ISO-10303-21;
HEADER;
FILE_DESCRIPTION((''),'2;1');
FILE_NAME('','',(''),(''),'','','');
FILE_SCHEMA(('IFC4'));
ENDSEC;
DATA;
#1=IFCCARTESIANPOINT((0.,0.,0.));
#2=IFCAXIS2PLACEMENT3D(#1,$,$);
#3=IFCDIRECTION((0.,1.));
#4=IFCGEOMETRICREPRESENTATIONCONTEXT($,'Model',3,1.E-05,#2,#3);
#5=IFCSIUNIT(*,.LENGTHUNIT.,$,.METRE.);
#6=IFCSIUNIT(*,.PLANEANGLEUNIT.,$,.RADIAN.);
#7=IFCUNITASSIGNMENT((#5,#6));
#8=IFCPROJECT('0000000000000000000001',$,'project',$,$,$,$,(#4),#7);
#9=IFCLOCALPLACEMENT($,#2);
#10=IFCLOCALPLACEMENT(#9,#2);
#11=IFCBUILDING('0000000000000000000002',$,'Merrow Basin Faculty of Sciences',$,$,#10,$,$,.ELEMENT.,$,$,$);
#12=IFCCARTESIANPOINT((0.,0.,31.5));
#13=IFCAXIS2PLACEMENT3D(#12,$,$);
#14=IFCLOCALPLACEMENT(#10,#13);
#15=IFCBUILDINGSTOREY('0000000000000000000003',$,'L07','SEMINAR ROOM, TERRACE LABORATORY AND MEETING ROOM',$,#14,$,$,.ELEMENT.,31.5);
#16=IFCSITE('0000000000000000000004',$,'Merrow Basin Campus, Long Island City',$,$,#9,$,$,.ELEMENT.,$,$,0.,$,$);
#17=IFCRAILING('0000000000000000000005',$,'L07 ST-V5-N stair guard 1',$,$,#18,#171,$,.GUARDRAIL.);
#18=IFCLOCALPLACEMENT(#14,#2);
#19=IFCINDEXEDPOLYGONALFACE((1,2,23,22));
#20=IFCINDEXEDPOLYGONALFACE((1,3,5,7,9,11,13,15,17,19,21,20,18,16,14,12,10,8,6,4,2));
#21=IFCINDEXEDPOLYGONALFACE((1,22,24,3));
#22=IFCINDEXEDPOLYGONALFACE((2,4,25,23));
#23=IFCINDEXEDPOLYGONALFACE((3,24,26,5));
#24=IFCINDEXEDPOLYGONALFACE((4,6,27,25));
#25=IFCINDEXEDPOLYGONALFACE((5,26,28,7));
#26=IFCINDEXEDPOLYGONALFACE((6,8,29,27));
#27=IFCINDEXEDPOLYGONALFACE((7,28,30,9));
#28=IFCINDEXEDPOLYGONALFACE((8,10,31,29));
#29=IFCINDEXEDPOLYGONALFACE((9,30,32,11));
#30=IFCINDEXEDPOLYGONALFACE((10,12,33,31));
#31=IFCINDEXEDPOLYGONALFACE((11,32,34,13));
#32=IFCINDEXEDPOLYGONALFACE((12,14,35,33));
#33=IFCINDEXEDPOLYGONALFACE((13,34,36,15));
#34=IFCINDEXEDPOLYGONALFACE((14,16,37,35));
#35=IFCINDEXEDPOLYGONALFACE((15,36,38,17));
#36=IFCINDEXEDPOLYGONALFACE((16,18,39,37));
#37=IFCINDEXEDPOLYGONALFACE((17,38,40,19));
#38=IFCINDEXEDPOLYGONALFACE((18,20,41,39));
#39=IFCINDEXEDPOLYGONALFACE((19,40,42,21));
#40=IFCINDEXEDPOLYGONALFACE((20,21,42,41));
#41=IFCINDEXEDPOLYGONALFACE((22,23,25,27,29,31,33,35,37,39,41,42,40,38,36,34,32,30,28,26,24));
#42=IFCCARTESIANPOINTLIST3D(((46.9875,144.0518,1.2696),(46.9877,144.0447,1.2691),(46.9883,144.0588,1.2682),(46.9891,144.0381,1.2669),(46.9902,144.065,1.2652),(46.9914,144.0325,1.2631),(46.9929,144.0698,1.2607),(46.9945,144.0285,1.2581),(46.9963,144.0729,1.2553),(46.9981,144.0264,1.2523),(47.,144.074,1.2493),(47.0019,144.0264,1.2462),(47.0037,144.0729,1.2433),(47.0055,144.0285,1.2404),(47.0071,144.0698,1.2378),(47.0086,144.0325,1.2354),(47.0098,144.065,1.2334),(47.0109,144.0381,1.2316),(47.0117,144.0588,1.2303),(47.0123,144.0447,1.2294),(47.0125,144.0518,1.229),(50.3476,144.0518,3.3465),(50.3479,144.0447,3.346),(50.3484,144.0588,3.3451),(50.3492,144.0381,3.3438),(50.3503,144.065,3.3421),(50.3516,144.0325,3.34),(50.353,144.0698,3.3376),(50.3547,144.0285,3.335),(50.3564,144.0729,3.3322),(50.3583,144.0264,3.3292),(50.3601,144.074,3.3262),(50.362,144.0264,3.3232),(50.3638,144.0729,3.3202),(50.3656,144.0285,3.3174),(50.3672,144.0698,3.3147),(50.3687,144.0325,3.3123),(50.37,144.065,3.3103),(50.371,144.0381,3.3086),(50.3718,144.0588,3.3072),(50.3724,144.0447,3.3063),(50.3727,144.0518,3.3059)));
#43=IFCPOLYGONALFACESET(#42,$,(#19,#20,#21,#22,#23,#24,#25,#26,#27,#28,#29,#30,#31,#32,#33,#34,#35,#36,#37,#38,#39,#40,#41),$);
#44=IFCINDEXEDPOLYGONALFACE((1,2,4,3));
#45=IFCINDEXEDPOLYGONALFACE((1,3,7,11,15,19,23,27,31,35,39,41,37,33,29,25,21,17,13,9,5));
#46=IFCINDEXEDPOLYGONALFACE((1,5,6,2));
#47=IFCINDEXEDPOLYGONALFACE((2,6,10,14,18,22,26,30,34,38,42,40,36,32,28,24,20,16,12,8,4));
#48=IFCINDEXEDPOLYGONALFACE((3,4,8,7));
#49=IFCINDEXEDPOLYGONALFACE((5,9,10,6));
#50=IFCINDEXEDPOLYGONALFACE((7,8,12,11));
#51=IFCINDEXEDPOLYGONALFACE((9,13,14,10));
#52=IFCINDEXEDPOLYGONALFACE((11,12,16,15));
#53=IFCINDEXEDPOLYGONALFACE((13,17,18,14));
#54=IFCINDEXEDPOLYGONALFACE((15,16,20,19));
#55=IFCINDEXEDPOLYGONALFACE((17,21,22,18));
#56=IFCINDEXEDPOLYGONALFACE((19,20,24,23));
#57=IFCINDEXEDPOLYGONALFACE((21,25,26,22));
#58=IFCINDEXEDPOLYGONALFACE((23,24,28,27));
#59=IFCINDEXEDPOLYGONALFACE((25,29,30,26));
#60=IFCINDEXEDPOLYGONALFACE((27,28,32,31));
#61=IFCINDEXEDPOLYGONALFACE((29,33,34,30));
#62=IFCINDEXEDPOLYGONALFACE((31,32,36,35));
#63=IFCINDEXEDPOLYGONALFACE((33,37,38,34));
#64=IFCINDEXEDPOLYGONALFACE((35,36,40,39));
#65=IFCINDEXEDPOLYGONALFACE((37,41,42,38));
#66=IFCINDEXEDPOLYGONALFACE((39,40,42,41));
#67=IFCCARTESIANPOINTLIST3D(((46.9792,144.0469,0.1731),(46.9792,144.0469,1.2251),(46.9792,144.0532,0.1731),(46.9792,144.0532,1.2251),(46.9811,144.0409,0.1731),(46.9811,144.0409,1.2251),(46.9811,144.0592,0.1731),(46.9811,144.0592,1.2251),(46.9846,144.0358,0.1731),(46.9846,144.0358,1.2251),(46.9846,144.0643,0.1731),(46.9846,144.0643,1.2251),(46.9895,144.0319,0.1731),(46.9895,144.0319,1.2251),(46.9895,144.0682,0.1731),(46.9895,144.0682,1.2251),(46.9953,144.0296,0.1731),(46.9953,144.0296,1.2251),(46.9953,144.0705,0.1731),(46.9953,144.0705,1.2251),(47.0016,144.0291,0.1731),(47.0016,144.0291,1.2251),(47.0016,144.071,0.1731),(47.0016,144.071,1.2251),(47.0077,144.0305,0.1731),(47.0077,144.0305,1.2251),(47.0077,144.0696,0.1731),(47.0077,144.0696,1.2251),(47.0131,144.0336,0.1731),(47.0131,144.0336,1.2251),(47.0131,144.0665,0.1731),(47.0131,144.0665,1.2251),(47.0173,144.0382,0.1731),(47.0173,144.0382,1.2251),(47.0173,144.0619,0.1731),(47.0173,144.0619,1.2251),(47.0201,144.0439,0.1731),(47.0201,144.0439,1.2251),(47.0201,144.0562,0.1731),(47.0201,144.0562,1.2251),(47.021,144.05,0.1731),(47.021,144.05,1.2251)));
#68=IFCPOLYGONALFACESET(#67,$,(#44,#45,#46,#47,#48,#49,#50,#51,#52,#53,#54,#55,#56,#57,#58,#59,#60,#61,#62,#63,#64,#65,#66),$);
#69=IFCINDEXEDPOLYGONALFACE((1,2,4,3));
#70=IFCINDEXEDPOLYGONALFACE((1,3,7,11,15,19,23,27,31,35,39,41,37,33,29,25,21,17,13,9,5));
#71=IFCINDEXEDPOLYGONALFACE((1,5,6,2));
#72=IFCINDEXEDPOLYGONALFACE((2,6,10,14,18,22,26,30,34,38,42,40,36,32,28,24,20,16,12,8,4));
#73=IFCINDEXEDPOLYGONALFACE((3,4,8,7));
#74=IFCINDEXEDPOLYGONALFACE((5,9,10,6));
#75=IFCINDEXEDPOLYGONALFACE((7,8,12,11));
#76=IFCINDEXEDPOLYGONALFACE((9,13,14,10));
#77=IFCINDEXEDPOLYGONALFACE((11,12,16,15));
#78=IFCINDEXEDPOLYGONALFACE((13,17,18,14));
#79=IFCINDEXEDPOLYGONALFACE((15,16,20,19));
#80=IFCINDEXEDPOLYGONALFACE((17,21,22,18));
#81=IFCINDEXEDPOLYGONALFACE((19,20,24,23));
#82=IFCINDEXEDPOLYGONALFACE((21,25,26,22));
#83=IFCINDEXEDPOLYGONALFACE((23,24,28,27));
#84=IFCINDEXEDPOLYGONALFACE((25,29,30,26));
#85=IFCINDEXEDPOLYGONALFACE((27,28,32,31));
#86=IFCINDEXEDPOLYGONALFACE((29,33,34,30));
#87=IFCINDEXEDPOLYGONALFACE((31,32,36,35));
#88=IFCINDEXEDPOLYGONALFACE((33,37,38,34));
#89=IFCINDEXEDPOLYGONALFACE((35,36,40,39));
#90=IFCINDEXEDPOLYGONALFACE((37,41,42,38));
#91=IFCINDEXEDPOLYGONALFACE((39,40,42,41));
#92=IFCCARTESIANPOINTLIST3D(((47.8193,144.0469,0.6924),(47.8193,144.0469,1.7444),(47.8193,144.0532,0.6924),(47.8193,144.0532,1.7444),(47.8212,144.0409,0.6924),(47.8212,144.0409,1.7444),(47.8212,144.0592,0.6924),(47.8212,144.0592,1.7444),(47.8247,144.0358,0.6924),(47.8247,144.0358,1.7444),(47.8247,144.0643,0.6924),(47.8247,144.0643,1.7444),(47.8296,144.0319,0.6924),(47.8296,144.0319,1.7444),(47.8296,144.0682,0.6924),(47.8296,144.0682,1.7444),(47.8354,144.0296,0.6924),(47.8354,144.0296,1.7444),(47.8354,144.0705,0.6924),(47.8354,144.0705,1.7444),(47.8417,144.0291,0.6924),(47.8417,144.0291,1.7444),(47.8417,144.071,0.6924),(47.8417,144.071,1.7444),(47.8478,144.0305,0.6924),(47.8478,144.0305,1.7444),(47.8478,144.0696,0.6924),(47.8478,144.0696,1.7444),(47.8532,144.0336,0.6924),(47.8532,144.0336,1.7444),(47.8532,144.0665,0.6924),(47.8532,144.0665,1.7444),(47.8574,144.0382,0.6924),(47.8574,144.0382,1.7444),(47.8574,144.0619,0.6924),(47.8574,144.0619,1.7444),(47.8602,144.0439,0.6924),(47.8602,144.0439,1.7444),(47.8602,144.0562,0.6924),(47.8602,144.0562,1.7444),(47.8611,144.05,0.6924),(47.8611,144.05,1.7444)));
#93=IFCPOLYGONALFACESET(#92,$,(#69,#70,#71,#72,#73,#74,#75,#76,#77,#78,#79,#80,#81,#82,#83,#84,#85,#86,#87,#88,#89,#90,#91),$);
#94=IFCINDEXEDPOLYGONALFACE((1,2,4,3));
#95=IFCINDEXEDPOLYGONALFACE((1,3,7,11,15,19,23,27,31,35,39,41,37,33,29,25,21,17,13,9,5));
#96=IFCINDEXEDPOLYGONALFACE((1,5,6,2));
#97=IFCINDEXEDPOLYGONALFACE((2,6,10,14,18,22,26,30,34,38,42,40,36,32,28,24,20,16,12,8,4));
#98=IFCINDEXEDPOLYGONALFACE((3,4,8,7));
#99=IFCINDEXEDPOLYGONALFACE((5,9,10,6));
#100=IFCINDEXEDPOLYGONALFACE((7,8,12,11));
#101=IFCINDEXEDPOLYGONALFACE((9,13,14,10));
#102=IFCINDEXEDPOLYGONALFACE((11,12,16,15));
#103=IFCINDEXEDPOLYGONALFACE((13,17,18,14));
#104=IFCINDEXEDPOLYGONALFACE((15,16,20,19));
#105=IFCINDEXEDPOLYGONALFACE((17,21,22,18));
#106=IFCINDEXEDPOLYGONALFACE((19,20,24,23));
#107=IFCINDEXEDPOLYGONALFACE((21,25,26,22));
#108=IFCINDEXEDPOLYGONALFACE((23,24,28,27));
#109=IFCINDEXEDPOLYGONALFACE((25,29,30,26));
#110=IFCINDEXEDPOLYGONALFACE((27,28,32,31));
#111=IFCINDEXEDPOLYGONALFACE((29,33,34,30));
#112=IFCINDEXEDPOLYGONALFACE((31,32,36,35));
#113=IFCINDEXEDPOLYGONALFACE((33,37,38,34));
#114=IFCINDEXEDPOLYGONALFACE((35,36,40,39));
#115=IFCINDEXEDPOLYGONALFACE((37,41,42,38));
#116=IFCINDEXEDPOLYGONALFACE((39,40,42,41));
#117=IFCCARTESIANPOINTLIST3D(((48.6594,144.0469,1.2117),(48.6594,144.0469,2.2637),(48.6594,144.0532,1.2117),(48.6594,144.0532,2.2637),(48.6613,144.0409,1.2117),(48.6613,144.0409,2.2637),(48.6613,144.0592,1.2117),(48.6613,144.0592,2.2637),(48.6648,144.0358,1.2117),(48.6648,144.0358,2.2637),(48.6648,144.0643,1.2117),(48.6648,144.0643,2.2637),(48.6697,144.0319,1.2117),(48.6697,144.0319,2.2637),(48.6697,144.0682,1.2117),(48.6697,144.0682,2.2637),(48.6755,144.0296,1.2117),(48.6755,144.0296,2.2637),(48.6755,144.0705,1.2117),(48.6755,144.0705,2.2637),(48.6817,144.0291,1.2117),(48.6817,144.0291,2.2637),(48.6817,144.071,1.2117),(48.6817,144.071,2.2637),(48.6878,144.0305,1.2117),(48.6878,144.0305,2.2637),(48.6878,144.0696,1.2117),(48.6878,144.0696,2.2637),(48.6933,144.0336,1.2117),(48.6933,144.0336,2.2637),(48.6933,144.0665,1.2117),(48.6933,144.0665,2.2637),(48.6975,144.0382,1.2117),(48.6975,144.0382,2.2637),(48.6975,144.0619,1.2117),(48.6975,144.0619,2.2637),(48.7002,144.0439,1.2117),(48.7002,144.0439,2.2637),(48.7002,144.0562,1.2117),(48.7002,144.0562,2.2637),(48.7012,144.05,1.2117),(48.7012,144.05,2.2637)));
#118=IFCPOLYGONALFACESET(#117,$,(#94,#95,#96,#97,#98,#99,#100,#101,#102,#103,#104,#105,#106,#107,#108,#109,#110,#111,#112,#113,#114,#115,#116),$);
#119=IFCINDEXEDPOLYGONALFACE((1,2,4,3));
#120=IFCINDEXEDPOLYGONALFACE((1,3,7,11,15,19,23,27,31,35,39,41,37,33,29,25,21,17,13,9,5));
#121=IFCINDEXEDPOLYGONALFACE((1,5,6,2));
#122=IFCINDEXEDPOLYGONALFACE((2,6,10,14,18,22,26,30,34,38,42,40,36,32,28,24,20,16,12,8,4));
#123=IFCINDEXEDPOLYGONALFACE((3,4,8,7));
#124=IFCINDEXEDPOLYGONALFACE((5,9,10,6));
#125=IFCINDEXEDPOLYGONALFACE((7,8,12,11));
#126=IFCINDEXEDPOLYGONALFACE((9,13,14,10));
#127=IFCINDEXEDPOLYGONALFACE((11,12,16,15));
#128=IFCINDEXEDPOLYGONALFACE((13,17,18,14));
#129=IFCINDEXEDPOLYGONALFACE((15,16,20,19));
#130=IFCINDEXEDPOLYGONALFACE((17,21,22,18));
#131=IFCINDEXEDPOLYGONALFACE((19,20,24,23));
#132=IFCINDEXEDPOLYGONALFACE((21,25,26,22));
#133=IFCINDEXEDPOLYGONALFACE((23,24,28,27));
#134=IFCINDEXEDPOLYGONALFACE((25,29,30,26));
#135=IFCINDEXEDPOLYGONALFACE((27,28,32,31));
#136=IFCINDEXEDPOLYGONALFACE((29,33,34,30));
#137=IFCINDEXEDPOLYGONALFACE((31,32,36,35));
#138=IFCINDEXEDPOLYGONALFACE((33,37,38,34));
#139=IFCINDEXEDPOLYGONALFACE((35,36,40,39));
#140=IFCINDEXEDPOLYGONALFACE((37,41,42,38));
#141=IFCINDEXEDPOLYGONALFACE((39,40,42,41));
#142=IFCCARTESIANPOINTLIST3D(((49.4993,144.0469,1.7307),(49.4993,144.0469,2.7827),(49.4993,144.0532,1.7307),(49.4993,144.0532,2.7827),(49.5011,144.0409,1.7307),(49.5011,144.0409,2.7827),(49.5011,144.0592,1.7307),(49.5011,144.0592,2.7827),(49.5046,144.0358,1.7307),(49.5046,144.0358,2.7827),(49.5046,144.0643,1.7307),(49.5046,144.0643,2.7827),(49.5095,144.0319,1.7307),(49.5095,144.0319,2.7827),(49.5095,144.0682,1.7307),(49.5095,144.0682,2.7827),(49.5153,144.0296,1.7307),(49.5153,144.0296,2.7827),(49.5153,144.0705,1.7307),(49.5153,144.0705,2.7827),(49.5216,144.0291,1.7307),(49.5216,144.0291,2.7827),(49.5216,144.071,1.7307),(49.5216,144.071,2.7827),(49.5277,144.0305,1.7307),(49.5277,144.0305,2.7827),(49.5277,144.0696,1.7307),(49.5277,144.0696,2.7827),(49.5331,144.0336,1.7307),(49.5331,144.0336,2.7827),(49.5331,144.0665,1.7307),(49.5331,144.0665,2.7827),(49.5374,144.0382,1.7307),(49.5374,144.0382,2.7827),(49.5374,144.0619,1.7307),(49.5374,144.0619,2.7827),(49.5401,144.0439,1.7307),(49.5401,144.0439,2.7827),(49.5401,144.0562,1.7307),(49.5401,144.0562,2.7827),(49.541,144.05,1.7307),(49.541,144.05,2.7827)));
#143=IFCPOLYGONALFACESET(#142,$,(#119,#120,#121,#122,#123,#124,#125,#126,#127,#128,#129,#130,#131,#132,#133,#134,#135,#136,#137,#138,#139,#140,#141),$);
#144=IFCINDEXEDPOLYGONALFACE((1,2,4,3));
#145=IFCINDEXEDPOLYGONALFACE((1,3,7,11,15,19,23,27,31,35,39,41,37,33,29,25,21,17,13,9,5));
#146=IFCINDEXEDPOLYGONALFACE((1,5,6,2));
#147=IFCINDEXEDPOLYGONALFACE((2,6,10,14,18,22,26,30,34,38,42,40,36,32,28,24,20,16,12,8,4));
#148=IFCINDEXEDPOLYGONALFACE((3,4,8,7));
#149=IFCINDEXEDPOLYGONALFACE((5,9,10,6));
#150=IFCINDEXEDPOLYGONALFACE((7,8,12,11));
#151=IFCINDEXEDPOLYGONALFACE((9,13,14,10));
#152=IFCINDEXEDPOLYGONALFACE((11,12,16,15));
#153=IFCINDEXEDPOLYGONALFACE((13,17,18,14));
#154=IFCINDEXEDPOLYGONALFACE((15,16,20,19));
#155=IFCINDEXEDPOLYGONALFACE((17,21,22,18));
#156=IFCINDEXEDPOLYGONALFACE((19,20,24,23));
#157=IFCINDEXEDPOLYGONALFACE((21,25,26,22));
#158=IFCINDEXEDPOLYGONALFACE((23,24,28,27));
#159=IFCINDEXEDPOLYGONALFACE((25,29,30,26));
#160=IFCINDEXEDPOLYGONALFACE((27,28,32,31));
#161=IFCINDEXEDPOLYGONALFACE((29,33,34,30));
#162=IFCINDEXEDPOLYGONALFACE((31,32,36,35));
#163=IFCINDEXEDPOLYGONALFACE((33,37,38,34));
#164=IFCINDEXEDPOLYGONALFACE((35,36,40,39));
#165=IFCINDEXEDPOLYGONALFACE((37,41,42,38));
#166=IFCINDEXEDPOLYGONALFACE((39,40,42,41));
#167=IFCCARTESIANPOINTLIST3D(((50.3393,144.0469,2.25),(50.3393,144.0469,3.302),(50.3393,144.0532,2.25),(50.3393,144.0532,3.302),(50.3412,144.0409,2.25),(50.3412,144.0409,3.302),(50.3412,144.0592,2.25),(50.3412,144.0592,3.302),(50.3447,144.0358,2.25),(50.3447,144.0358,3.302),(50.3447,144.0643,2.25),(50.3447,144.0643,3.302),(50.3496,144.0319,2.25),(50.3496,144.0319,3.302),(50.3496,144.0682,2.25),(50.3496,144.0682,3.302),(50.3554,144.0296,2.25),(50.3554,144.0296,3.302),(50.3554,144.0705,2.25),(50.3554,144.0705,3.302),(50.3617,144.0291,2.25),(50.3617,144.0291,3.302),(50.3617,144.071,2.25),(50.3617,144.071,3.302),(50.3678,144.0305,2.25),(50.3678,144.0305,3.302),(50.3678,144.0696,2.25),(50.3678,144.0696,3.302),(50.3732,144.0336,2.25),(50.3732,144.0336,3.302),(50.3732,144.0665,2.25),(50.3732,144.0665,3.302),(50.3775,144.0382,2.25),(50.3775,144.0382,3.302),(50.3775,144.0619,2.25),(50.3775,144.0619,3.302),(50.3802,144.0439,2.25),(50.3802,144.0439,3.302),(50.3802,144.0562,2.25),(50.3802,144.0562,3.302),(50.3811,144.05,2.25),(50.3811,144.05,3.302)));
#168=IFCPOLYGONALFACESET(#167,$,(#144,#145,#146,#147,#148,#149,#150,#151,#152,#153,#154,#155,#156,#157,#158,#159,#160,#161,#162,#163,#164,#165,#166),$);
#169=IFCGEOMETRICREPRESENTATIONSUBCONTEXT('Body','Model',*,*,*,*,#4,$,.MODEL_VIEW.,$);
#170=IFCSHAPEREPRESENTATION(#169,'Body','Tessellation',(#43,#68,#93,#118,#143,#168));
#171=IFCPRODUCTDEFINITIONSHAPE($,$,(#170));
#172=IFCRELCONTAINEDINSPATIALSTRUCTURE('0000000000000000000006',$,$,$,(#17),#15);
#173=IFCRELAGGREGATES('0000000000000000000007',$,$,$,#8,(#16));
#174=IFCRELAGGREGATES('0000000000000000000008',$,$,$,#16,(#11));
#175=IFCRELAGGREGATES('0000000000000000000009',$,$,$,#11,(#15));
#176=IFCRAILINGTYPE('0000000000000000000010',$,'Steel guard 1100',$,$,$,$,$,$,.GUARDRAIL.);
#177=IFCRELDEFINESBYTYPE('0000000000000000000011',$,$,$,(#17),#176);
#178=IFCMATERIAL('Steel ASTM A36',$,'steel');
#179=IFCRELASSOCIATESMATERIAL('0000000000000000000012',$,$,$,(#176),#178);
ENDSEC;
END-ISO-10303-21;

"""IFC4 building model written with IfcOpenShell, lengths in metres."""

from ifc_helpers import new_model, si_unit, direction, frame, origin, origin_2d, place, context, subcontext, project, spatial, circle, extrude, material, type_object, element, save


model = new_model("IFC4")

# Units and contexts
model_context = context("Model", 3, precision=1e-05, world=origin(), true_north=direction((0.0, 1.0)))
body_context = subcontext(model_context, "Body", "Model", "MODEL_VIEW")
ifc_project = project(units=[si_unit("LENGTHUNIT", "METRE"), si_unit("PLANEANGLEUNIT", "RADIAN")], contexts=[model_context])

# Site, building, storey
site_placement = place(None, origin())
site = spatial("IfcSite", under=ifc_project, at=site_placement, Name="Merrow Basin Campus, Long Island City", CompositionType="ELEMENT", RefElevation=0.0)
building_placement = place(site_placement, origin())
building = spatial("IfcBuilding", under=site, at=building_placement, Name="Merrow Basin Faculty of Sciences", CompositionType="ELEMENT")
storey_placement = place(building_placement, frame((0.0, 0.0, 31.5)))
storey = spatial("IfcBuildingStorey", under=building, at=storey_placement, Name="L07", Description="SEMINAR ROOM, TERRACE LABORATORY AND MEETING ROOM", CompositionType="ELEMENT", Elevation=31.5)

# Railing
ifc_material_1 = material(Name="Steel ASTM A36", Category="steel")
railing_type_1 = type_object("IfcRailingType", Name="Steel guard 1100", PredefinedType="GUARDRAIL", material=ifc_material_1)
railing_1_placement = place(storey_placement, frame((47.0, 144.05, 0.1731)))
element("IfcRailing", 1, at=railing_1_placement, inside=storey, type_object=railing_type_1, Name="L07 ST-V5-N stair guard 1", PredefinedType="GUARDRAIL", context=body_context, shape_type="SweptSolid", body=[
    extrude(circle(Radius=0.0239, at=origin_2d()), frame((0.0, 0.0, 1.0762), z_axis=(0.850623, 0.0, 0.525776), x_axis=(0.0, 1.0, 0.0)), (0.0, 0.0, 1.0), 3.9502),
    extrude(circle(Radius=0.021, at=origin_2d()), origin(), (0.0, 0.0, 1.0), 1.052),
    extrude(circle(Radius=0.021, at=origin_2d()), frame((0.8401, 0.0, 0.5193)), (0.0, 0.0, 1.0), 1.052),
    extrude(circle(Radius=0.021, at=origin_2d()), frame((1.6802, 0.0, 1.0386)), (0.0, 0.0, 1.0), 1.052),
    extrude(circle(Radius=0.021, at=origin_2d()), frame((2.52, 0.0, 1.5576)), (0.0, 0.0, 1.0), 1.052),
    extrude(circle(Radius=0.021, at=origin_2d()), frame((3.3601, 0.0, 2.0769)), (0.0, 0.0, 1.0), 1.052),
])

save(model, "model.ifc")
